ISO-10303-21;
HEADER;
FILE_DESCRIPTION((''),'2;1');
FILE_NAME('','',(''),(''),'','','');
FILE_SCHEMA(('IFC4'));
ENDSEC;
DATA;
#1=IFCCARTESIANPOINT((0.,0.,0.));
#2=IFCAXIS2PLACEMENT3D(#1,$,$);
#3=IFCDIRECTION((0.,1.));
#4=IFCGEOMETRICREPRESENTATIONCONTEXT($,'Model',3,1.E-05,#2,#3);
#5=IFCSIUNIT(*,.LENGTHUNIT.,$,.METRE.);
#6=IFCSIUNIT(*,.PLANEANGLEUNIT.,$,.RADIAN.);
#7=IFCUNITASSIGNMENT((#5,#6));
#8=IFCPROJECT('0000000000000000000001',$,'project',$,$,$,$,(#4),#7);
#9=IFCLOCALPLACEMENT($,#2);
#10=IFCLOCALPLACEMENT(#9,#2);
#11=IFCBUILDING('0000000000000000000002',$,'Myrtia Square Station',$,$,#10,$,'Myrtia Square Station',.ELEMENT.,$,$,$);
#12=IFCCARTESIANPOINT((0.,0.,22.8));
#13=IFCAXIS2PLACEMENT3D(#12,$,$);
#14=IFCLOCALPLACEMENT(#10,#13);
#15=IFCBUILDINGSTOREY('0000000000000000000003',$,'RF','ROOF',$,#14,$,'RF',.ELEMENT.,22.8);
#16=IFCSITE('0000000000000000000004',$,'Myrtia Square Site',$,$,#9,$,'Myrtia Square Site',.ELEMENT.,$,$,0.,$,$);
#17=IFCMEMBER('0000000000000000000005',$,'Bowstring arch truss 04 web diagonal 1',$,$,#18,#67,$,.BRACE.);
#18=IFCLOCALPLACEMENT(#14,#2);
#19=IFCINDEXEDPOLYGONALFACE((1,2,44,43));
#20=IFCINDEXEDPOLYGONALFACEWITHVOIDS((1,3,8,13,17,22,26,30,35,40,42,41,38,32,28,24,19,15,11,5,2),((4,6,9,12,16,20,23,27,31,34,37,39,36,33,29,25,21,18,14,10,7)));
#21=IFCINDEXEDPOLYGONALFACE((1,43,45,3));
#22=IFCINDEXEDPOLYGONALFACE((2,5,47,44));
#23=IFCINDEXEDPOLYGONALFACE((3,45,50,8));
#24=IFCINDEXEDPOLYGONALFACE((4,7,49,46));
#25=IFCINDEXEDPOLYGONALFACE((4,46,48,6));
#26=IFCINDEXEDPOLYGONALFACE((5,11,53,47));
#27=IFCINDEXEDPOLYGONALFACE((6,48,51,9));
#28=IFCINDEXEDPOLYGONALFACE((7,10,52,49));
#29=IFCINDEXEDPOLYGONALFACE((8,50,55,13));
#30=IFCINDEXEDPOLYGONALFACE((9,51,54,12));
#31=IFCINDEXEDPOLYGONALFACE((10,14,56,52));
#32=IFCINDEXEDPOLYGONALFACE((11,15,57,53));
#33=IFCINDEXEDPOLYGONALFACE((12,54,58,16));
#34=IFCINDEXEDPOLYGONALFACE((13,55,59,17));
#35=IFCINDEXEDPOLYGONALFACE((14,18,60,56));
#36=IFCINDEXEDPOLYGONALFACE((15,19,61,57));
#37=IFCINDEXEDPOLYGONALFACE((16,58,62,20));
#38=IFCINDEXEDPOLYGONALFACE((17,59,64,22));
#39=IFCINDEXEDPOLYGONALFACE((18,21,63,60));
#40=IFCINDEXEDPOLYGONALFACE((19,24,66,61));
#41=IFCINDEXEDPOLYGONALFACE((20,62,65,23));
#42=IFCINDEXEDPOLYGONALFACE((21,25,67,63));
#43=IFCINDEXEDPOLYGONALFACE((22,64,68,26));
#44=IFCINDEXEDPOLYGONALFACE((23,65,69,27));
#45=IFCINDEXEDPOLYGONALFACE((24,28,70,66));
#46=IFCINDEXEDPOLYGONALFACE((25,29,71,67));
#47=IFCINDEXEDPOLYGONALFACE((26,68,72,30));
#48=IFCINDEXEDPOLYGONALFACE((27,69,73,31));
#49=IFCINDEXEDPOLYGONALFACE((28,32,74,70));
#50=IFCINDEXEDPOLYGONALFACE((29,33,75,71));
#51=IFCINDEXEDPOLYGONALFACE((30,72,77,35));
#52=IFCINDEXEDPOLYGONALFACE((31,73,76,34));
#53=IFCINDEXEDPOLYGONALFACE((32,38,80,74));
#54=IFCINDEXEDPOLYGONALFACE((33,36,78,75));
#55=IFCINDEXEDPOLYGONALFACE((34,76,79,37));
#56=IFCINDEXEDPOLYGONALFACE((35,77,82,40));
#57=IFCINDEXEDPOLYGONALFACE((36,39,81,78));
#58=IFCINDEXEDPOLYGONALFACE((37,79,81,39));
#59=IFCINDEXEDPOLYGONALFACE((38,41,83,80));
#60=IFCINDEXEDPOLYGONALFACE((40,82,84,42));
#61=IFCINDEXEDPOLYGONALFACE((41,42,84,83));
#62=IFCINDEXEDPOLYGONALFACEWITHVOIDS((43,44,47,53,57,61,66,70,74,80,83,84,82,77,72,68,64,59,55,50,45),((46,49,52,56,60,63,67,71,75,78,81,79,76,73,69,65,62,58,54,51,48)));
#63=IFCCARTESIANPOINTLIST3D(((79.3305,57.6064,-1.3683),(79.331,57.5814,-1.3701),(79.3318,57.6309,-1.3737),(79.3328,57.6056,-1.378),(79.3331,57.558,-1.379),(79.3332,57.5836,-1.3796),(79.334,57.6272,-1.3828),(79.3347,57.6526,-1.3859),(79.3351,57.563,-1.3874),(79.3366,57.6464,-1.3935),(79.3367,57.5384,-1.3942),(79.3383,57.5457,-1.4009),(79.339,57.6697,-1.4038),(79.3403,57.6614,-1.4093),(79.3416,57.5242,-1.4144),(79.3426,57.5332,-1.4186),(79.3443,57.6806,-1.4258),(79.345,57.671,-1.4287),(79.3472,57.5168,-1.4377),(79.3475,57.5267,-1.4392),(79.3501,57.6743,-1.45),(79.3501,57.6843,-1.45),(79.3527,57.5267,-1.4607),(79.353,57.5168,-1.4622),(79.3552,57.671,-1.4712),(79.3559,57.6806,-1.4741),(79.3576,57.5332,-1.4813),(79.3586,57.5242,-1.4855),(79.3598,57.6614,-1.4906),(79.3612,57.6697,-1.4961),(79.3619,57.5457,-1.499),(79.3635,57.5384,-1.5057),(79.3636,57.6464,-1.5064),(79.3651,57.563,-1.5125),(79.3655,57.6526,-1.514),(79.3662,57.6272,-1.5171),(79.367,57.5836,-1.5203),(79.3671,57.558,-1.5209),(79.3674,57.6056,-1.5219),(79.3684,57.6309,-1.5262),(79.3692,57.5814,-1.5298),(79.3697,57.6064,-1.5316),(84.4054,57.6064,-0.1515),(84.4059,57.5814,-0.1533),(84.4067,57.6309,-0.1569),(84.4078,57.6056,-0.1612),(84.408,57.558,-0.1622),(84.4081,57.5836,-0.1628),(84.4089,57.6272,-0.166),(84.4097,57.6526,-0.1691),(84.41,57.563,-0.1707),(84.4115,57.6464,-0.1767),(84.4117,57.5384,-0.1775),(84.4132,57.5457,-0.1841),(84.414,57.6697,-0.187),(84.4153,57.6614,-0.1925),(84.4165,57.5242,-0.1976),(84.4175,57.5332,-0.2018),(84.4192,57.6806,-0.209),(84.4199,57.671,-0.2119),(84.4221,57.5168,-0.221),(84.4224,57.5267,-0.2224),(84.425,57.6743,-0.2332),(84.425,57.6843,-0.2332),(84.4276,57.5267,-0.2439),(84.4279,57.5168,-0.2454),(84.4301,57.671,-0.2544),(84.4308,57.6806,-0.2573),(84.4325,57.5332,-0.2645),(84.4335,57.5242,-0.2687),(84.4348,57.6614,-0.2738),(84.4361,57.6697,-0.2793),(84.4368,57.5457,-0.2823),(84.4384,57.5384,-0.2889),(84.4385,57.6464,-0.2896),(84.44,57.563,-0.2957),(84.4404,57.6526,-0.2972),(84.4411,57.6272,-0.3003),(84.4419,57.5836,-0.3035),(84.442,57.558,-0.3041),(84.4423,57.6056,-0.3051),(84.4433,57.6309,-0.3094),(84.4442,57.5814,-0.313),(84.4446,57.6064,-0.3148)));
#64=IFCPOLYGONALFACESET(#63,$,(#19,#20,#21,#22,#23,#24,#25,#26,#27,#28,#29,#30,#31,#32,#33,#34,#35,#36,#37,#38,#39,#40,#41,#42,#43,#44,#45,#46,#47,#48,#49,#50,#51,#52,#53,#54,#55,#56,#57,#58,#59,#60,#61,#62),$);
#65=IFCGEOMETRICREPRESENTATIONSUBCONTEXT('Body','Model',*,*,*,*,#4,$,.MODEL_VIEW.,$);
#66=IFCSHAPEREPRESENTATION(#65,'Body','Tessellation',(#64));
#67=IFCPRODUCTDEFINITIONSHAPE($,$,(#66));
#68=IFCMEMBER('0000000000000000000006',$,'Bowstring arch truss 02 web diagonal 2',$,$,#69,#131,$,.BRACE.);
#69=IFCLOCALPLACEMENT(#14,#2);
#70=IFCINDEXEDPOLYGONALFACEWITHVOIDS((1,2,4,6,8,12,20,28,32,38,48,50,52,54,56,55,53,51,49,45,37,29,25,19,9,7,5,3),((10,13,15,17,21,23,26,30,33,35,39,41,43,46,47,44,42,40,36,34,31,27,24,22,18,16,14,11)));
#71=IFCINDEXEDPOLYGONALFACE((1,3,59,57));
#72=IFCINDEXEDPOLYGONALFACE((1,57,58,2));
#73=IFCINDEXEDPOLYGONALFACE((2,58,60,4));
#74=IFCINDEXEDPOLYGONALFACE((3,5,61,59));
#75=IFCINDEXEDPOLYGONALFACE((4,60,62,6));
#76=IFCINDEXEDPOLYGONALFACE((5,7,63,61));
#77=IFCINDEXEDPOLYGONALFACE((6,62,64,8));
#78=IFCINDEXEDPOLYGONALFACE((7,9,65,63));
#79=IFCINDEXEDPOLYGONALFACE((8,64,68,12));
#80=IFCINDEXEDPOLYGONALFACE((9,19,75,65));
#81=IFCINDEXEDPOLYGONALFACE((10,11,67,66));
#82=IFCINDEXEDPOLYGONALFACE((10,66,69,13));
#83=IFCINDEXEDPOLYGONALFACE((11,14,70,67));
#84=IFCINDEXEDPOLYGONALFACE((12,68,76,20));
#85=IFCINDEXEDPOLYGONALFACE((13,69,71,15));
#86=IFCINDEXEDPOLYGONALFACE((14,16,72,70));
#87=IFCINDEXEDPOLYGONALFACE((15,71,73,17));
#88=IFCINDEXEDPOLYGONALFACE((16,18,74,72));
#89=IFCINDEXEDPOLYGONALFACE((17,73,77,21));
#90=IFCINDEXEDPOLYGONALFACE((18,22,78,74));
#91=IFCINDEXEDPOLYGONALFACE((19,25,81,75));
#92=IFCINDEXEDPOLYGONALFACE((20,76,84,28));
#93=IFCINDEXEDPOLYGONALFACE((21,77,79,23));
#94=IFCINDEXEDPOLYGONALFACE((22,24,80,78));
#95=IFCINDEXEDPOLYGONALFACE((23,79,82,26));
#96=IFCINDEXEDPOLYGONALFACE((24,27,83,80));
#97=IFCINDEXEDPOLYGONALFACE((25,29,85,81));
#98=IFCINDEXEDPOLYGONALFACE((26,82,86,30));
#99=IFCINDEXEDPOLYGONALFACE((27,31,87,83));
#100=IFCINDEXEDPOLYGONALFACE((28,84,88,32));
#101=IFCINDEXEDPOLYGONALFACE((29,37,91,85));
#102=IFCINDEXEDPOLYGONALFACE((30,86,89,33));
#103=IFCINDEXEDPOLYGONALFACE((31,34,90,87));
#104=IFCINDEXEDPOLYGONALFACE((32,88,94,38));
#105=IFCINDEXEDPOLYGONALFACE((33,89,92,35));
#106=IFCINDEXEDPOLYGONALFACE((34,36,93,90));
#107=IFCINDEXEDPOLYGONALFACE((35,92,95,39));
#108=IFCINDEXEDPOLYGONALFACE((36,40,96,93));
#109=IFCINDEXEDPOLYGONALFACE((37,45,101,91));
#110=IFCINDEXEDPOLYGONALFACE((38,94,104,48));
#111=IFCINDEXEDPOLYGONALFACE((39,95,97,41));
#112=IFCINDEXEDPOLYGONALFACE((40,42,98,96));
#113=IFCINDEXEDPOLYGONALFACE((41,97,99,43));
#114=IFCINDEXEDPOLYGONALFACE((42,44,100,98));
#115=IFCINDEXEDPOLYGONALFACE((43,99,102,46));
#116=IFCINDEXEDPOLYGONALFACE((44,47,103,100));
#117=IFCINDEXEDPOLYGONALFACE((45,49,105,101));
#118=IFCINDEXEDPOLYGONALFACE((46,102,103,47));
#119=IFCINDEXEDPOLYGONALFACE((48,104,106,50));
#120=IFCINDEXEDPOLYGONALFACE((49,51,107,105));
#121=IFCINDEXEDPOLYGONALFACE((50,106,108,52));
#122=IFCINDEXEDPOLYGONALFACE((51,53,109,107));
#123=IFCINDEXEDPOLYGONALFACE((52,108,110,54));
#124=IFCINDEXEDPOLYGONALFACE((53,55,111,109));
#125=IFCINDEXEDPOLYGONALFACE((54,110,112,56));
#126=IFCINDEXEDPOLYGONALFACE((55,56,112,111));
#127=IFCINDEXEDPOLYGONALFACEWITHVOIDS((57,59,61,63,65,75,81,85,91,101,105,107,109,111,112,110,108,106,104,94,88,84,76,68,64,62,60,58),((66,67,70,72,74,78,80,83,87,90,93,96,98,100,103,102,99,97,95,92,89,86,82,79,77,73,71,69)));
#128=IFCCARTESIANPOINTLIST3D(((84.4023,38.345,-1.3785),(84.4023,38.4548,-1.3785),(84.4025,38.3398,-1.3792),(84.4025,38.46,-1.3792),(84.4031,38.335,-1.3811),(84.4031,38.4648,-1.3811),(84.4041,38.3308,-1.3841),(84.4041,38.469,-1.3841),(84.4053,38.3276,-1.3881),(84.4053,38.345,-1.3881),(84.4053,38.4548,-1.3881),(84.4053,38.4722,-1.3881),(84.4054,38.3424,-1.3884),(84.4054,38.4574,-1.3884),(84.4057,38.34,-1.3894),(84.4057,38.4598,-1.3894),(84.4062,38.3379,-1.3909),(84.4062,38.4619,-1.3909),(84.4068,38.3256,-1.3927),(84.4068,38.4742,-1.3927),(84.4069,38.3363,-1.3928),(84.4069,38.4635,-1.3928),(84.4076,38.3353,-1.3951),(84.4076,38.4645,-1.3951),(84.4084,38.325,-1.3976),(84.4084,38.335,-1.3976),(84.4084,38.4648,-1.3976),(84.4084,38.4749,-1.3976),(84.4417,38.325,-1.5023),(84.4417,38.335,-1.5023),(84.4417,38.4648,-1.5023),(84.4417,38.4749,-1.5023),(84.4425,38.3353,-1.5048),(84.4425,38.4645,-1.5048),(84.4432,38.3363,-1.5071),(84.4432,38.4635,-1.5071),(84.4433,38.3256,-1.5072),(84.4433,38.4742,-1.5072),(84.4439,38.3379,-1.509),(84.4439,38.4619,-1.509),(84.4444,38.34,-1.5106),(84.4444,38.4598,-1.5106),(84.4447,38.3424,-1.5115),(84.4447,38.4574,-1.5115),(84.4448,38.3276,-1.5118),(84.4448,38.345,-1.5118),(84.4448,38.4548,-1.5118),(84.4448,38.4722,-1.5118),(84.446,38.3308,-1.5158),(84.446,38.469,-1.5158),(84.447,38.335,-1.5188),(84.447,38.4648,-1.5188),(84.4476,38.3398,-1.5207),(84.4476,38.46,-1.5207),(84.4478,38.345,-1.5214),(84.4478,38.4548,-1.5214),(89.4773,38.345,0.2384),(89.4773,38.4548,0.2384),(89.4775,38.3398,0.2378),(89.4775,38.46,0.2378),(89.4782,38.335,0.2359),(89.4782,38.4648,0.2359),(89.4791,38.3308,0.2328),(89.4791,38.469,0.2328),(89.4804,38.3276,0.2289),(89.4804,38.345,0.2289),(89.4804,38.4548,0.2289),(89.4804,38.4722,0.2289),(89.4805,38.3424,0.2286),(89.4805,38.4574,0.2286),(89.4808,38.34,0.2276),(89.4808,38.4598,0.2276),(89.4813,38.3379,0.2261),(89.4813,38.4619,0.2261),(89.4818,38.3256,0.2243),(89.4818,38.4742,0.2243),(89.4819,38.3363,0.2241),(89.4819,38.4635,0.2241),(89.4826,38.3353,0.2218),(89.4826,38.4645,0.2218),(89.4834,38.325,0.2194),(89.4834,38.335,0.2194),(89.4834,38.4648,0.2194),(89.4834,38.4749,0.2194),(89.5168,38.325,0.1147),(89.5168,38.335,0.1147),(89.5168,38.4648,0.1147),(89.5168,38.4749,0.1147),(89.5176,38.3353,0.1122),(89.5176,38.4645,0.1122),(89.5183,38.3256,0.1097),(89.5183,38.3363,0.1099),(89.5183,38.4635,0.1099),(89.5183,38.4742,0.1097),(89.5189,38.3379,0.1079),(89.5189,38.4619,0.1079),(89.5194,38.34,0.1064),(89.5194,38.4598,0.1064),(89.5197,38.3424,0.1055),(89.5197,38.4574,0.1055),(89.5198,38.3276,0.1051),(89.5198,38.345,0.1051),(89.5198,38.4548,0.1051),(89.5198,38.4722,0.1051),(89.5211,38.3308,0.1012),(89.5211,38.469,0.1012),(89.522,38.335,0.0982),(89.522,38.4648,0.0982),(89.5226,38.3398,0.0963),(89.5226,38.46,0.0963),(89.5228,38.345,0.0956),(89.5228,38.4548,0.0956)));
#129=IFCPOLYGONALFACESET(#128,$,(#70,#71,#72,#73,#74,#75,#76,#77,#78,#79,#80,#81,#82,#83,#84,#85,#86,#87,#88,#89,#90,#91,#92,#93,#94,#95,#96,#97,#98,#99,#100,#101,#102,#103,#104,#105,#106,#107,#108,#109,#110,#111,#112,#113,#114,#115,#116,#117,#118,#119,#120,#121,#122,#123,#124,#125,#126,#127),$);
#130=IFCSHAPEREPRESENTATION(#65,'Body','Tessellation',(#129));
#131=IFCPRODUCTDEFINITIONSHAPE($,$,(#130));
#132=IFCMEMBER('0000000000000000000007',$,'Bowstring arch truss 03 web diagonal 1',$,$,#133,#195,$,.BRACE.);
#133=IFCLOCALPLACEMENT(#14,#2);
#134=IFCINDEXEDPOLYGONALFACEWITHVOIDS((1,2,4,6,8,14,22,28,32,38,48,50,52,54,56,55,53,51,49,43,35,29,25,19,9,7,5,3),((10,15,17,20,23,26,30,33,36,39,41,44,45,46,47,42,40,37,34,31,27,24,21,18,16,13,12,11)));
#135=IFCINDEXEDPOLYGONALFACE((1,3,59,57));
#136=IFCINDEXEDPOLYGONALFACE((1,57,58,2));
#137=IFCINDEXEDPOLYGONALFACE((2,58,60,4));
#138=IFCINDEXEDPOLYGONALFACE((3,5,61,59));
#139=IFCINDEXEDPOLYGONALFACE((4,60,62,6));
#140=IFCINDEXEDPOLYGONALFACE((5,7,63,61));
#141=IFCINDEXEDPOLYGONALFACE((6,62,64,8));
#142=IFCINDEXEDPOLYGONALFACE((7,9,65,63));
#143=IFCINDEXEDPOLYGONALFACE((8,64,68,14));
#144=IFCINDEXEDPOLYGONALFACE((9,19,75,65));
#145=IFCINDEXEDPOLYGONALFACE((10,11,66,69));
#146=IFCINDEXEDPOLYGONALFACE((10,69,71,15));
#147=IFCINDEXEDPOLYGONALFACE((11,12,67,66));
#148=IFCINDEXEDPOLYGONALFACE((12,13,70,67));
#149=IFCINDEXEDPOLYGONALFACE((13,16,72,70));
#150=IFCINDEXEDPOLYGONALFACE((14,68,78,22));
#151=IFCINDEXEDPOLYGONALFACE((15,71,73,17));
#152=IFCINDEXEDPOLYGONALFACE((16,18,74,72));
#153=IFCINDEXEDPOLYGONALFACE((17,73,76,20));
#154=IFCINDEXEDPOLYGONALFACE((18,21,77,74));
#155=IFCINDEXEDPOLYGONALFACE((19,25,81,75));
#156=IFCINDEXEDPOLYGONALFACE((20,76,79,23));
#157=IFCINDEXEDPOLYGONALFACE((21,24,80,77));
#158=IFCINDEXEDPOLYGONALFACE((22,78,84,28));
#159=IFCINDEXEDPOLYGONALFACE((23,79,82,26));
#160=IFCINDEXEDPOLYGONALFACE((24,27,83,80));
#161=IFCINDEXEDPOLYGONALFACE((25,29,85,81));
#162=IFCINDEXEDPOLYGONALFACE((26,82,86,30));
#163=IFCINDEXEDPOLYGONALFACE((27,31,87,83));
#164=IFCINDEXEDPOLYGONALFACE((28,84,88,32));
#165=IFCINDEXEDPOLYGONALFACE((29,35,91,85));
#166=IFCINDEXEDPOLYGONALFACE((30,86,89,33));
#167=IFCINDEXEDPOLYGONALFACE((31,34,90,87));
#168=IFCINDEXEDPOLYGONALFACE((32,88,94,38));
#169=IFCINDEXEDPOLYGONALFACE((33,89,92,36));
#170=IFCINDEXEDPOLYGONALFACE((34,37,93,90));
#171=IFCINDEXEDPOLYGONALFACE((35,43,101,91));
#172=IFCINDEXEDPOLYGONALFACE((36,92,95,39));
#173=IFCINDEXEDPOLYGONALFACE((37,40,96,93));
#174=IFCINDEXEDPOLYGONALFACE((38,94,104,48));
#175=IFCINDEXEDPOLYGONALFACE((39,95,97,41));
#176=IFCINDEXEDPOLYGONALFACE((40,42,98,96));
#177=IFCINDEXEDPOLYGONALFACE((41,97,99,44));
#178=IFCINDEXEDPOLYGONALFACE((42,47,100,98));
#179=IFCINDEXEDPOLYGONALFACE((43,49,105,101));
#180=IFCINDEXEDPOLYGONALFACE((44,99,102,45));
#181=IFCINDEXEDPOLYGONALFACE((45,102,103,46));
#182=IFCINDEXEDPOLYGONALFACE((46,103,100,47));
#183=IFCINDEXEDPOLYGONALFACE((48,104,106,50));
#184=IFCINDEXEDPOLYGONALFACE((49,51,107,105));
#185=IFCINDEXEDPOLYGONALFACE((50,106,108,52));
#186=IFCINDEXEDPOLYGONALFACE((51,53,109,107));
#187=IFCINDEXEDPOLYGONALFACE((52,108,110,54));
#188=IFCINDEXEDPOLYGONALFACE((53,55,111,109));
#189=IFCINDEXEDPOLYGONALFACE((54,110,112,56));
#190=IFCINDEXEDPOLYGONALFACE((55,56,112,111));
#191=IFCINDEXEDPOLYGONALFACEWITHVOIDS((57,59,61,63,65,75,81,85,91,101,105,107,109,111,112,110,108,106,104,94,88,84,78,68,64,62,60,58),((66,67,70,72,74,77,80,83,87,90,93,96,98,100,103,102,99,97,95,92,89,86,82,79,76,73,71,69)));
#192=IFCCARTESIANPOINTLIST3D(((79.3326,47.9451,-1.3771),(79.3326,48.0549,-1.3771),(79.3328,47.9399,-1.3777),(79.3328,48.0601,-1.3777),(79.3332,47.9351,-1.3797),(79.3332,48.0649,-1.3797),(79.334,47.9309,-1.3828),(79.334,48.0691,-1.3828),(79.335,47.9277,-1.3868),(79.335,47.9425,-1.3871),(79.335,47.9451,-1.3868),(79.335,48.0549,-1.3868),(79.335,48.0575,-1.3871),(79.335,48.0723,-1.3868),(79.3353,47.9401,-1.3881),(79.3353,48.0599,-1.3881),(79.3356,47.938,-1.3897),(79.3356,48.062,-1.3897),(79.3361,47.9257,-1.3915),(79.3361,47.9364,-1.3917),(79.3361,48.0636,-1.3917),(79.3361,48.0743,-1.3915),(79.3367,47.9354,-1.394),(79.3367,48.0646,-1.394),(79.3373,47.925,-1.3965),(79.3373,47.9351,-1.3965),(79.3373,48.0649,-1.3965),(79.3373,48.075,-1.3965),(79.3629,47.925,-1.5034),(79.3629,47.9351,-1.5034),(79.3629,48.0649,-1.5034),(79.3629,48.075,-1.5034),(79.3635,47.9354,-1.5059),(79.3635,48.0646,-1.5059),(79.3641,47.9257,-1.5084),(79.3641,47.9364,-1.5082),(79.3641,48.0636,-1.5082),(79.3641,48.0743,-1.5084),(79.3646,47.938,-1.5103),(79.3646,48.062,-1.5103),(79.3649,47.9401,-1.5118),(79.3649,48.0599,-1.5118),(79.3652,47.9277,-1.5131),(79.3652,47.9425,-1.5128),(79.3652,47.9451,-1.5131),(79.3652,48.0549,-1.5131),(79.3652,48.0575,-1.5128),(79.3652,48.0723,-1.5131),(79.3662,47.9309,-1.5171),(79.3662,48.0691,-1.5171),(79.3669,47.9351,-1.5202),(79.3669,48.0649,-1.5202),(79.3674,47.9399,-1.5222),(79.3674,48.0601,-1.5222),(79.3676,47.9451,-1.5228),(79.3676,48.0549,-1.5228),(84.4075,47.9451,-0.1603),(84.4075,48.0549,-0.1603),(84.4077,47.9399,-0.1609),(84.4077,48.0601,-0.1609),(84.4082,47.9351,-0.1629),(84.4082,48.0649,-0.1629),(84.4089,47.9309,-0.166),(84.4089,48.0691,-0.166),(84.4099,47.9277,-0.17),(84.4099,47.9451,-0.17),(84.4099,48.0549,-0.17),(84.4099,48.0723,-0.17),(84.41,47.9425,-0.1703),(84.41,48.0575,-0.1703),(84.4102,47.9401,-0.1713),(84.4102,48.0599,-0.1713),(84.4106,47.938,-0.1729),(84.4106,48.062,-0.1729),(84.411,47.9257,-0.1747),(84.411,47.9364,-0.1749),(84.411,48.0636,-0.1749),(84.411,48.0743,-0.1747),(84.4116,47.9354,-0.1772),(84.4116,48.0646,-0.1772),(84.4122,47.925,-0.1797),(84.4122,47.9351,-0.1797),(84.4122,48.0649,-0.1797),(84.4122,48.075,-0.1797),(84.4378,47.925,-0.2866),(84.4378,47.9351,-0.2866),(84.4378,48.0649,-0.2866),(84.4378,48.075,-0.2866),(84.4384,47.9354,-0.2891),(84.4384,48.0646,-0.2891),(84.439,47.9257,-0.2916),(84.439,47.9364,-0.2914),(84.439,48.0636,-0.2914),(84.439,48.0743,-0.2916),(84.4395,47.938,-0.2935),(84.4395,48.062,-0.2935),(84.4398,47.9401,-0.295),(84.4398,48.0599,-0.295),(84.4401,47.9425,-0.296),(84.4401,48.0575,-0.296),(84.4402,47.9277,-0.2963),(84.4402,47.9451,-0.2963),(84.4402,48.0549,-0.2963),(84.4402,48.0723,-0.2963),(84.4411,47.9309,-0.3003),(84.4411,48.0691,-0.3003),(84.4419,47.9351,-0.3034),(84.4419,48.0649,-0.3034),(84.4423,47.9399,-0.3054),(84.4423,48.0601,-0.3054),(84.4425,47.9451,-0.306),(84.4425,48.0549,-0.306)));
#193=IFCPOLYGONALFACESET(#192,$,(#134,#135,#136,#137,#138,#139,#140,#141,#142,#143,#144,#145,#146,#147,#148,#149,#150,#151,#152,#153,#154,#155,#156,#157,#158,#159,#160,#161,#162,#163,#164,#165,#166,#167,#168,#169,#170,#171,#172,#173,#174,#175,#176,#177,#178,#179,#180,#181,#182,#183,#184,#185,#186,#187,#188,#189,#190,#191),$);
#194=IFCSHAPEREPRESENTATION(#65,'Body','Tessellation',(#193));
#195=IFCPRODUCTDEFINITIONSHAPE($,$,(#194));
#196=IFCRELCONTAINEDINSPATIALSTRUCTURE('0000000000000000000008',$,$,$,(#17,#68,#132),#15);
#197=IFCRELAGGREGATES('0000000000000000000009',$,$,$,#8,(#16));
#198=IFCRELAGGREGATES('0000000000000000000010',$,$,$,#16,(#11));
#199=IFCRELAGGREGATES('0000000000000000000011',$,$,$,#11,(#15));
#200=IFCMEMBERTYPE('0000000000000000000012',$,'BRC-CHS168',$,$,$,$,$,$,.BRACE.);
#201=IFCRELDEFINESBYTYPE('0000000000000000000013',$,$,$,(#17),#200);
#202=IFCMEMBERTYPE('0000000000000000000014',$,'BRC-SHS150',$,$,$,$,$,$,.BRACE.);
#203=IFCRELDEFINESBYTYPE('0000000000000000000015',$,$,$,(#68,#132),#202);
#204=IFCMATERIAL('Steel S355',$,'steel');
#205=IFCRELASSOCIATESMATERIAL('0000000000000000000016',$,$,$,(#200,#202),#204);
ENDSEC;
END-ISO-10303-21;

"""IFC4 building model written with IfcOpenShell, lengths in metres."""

from ifc_helpers import new_model, si_unit, direction, frame, origin, origin_2d, place, context, subcontext, project, spatial, hollow_rectangle, hollow_circle, extrude, material, material_profile, profile_set, type_object, element, save


model = new_model("IFC4")

# Units and contexts
model_context = context("Model", 3, precision=1e-05, world=origin(), true_north=direction((0.0, 1.0)))
body_context = subcontext(model_context, "Body", "Model", "MODEL_VIEW")
ifc_project = project(units=[si_unit("LENGTHUNIT", "METRE"), si_unit("PLANEANGLEUNIT", "RADIAN")], contexts=[model_context])

# Site, building, storey
site_placement = place(None, origin())
site = spatial("IfcSite", under=ifc_project, at=site_placement, Name="Myrtia Square Site", LongName="Myrtia Square Site", CompositionType="ELEMENT", RefElevation=0.0)
building_placement = place(site_placement, origin())
building = spatial("IfcBuilding", under=site, at=building_placement, Name="Myrtia Square Station", LongName="Myrtia Square Station", CompositionType="ELEMENT")
storey_placement = place(building_placement, frame((0.0, 0.0, 22.8)))
storey = spatial("IfcBuildingStorey", under=building, at=storey_placement, Name="RF", Description="ROOF", LongName="RF", CompositionType="ELEMENT", Elevation=22.8)

# Members
ifc_material = material(Name="Steel S355", Category="steel")
ifc_material_profile_1 = material_profile(ifc_material, hollow_circle(Radius=0.0842, WallThickness=0.01, at=origin_2d()), Name="CHS 168.3x10")
ifc_profile_set_1 = profile_set([ifc_material_profile_1], Name="Steel S355")
member_type_1 = type_object("IfcMemberType", Name="BRC-CHS168", PredefinedType="BRACE", material=ifc_profile_set_1)
member_1_placement = place(storey_placement, frame((79.3501, 57.6001, -1.45), z_axis=(0.972439, 0.0, 0.233157), x_axis=(0.0, 1.0, 0.0)))
element("IfcMember", 1, at=member_1_placement, inside=storey, type_object=member_type_1, Name="Bowstring arch truss 04 web diagonal 1", PredefinedType="BRACE", context=body_context, shape_type="SweptSolid", body=[
    extrude(hollow_circle(Radius=0.0842, WallThickness=0.01, at=origin_2d()), origin(), (0.0, 0.0, 1.0), 5.2188),
])
ifc_material_profile_2 = material_profile(ifc_material, hollow_rectangle(XDim=0.1499, YDim=0.1499, WallThickness=0.01, InnerFilletRadius=0.01, OuterFilletRadius=0.02, at=origin_2d()), Name="SHS 150x150x10")
ifc_profile_set_2 = profile_set([ifc_material_profile_2], Name="Steel S355")
member_type_2 = type_object("IfcMemberType", Name="BRC-SHS150", PredefinedType="BRACE", material=ifc_profile_set_2)
member_2_placement = place(storey_placement, frame((84.425, 38.3999, -1.45), z_axis=(0.952807, 0.0, 0.303576), x_axis=(0.0, 1.0, 0.0)))
element("IfcMember", 2, at=member_2_placement, inside=storey, type_object=member_type_2, Name="Bowstring arch truss 02 web diagonal 2", PredefinedType="BRACE", context=body_context, shape_type="SweptSolid", body=[
    extrude(hollow_rectangle(XDim=0.1499, YDim=0.1499, WallThickness=0.01, InnerFilletRadius=0.01, OuterFilletRadius=0.02, at=origin_2d()), origin(), (0.0, 0.0, 1.0), 5.3264),
])
member_3_placement = place(storey_placement, frame((79.3501, 48.0, -1.45), z_axis=(0.972439, 0.0, 0.233157), x_axis=(0.0, 1.0, 0.0)))
element("IfcMember", 3, at=member_3_placement, inside=storey, type_object=member_type_2, Name="Bowstring arch truss 03 web diagonal 1", PredefinedType="BRACE", context=body_context, shape_type="SweptSolid", body=[
    extrude(hollow_rectangle(XDim=0.1499, YDim=0.1499, WallThickness=0.01, InnerFilletRadius=0.01, OuterFilletRadius=0.02, at=origin_2d()), origin(), (0.0, 0.0, 1.0), 5.2188),
])

save(model, "model.ifc")
